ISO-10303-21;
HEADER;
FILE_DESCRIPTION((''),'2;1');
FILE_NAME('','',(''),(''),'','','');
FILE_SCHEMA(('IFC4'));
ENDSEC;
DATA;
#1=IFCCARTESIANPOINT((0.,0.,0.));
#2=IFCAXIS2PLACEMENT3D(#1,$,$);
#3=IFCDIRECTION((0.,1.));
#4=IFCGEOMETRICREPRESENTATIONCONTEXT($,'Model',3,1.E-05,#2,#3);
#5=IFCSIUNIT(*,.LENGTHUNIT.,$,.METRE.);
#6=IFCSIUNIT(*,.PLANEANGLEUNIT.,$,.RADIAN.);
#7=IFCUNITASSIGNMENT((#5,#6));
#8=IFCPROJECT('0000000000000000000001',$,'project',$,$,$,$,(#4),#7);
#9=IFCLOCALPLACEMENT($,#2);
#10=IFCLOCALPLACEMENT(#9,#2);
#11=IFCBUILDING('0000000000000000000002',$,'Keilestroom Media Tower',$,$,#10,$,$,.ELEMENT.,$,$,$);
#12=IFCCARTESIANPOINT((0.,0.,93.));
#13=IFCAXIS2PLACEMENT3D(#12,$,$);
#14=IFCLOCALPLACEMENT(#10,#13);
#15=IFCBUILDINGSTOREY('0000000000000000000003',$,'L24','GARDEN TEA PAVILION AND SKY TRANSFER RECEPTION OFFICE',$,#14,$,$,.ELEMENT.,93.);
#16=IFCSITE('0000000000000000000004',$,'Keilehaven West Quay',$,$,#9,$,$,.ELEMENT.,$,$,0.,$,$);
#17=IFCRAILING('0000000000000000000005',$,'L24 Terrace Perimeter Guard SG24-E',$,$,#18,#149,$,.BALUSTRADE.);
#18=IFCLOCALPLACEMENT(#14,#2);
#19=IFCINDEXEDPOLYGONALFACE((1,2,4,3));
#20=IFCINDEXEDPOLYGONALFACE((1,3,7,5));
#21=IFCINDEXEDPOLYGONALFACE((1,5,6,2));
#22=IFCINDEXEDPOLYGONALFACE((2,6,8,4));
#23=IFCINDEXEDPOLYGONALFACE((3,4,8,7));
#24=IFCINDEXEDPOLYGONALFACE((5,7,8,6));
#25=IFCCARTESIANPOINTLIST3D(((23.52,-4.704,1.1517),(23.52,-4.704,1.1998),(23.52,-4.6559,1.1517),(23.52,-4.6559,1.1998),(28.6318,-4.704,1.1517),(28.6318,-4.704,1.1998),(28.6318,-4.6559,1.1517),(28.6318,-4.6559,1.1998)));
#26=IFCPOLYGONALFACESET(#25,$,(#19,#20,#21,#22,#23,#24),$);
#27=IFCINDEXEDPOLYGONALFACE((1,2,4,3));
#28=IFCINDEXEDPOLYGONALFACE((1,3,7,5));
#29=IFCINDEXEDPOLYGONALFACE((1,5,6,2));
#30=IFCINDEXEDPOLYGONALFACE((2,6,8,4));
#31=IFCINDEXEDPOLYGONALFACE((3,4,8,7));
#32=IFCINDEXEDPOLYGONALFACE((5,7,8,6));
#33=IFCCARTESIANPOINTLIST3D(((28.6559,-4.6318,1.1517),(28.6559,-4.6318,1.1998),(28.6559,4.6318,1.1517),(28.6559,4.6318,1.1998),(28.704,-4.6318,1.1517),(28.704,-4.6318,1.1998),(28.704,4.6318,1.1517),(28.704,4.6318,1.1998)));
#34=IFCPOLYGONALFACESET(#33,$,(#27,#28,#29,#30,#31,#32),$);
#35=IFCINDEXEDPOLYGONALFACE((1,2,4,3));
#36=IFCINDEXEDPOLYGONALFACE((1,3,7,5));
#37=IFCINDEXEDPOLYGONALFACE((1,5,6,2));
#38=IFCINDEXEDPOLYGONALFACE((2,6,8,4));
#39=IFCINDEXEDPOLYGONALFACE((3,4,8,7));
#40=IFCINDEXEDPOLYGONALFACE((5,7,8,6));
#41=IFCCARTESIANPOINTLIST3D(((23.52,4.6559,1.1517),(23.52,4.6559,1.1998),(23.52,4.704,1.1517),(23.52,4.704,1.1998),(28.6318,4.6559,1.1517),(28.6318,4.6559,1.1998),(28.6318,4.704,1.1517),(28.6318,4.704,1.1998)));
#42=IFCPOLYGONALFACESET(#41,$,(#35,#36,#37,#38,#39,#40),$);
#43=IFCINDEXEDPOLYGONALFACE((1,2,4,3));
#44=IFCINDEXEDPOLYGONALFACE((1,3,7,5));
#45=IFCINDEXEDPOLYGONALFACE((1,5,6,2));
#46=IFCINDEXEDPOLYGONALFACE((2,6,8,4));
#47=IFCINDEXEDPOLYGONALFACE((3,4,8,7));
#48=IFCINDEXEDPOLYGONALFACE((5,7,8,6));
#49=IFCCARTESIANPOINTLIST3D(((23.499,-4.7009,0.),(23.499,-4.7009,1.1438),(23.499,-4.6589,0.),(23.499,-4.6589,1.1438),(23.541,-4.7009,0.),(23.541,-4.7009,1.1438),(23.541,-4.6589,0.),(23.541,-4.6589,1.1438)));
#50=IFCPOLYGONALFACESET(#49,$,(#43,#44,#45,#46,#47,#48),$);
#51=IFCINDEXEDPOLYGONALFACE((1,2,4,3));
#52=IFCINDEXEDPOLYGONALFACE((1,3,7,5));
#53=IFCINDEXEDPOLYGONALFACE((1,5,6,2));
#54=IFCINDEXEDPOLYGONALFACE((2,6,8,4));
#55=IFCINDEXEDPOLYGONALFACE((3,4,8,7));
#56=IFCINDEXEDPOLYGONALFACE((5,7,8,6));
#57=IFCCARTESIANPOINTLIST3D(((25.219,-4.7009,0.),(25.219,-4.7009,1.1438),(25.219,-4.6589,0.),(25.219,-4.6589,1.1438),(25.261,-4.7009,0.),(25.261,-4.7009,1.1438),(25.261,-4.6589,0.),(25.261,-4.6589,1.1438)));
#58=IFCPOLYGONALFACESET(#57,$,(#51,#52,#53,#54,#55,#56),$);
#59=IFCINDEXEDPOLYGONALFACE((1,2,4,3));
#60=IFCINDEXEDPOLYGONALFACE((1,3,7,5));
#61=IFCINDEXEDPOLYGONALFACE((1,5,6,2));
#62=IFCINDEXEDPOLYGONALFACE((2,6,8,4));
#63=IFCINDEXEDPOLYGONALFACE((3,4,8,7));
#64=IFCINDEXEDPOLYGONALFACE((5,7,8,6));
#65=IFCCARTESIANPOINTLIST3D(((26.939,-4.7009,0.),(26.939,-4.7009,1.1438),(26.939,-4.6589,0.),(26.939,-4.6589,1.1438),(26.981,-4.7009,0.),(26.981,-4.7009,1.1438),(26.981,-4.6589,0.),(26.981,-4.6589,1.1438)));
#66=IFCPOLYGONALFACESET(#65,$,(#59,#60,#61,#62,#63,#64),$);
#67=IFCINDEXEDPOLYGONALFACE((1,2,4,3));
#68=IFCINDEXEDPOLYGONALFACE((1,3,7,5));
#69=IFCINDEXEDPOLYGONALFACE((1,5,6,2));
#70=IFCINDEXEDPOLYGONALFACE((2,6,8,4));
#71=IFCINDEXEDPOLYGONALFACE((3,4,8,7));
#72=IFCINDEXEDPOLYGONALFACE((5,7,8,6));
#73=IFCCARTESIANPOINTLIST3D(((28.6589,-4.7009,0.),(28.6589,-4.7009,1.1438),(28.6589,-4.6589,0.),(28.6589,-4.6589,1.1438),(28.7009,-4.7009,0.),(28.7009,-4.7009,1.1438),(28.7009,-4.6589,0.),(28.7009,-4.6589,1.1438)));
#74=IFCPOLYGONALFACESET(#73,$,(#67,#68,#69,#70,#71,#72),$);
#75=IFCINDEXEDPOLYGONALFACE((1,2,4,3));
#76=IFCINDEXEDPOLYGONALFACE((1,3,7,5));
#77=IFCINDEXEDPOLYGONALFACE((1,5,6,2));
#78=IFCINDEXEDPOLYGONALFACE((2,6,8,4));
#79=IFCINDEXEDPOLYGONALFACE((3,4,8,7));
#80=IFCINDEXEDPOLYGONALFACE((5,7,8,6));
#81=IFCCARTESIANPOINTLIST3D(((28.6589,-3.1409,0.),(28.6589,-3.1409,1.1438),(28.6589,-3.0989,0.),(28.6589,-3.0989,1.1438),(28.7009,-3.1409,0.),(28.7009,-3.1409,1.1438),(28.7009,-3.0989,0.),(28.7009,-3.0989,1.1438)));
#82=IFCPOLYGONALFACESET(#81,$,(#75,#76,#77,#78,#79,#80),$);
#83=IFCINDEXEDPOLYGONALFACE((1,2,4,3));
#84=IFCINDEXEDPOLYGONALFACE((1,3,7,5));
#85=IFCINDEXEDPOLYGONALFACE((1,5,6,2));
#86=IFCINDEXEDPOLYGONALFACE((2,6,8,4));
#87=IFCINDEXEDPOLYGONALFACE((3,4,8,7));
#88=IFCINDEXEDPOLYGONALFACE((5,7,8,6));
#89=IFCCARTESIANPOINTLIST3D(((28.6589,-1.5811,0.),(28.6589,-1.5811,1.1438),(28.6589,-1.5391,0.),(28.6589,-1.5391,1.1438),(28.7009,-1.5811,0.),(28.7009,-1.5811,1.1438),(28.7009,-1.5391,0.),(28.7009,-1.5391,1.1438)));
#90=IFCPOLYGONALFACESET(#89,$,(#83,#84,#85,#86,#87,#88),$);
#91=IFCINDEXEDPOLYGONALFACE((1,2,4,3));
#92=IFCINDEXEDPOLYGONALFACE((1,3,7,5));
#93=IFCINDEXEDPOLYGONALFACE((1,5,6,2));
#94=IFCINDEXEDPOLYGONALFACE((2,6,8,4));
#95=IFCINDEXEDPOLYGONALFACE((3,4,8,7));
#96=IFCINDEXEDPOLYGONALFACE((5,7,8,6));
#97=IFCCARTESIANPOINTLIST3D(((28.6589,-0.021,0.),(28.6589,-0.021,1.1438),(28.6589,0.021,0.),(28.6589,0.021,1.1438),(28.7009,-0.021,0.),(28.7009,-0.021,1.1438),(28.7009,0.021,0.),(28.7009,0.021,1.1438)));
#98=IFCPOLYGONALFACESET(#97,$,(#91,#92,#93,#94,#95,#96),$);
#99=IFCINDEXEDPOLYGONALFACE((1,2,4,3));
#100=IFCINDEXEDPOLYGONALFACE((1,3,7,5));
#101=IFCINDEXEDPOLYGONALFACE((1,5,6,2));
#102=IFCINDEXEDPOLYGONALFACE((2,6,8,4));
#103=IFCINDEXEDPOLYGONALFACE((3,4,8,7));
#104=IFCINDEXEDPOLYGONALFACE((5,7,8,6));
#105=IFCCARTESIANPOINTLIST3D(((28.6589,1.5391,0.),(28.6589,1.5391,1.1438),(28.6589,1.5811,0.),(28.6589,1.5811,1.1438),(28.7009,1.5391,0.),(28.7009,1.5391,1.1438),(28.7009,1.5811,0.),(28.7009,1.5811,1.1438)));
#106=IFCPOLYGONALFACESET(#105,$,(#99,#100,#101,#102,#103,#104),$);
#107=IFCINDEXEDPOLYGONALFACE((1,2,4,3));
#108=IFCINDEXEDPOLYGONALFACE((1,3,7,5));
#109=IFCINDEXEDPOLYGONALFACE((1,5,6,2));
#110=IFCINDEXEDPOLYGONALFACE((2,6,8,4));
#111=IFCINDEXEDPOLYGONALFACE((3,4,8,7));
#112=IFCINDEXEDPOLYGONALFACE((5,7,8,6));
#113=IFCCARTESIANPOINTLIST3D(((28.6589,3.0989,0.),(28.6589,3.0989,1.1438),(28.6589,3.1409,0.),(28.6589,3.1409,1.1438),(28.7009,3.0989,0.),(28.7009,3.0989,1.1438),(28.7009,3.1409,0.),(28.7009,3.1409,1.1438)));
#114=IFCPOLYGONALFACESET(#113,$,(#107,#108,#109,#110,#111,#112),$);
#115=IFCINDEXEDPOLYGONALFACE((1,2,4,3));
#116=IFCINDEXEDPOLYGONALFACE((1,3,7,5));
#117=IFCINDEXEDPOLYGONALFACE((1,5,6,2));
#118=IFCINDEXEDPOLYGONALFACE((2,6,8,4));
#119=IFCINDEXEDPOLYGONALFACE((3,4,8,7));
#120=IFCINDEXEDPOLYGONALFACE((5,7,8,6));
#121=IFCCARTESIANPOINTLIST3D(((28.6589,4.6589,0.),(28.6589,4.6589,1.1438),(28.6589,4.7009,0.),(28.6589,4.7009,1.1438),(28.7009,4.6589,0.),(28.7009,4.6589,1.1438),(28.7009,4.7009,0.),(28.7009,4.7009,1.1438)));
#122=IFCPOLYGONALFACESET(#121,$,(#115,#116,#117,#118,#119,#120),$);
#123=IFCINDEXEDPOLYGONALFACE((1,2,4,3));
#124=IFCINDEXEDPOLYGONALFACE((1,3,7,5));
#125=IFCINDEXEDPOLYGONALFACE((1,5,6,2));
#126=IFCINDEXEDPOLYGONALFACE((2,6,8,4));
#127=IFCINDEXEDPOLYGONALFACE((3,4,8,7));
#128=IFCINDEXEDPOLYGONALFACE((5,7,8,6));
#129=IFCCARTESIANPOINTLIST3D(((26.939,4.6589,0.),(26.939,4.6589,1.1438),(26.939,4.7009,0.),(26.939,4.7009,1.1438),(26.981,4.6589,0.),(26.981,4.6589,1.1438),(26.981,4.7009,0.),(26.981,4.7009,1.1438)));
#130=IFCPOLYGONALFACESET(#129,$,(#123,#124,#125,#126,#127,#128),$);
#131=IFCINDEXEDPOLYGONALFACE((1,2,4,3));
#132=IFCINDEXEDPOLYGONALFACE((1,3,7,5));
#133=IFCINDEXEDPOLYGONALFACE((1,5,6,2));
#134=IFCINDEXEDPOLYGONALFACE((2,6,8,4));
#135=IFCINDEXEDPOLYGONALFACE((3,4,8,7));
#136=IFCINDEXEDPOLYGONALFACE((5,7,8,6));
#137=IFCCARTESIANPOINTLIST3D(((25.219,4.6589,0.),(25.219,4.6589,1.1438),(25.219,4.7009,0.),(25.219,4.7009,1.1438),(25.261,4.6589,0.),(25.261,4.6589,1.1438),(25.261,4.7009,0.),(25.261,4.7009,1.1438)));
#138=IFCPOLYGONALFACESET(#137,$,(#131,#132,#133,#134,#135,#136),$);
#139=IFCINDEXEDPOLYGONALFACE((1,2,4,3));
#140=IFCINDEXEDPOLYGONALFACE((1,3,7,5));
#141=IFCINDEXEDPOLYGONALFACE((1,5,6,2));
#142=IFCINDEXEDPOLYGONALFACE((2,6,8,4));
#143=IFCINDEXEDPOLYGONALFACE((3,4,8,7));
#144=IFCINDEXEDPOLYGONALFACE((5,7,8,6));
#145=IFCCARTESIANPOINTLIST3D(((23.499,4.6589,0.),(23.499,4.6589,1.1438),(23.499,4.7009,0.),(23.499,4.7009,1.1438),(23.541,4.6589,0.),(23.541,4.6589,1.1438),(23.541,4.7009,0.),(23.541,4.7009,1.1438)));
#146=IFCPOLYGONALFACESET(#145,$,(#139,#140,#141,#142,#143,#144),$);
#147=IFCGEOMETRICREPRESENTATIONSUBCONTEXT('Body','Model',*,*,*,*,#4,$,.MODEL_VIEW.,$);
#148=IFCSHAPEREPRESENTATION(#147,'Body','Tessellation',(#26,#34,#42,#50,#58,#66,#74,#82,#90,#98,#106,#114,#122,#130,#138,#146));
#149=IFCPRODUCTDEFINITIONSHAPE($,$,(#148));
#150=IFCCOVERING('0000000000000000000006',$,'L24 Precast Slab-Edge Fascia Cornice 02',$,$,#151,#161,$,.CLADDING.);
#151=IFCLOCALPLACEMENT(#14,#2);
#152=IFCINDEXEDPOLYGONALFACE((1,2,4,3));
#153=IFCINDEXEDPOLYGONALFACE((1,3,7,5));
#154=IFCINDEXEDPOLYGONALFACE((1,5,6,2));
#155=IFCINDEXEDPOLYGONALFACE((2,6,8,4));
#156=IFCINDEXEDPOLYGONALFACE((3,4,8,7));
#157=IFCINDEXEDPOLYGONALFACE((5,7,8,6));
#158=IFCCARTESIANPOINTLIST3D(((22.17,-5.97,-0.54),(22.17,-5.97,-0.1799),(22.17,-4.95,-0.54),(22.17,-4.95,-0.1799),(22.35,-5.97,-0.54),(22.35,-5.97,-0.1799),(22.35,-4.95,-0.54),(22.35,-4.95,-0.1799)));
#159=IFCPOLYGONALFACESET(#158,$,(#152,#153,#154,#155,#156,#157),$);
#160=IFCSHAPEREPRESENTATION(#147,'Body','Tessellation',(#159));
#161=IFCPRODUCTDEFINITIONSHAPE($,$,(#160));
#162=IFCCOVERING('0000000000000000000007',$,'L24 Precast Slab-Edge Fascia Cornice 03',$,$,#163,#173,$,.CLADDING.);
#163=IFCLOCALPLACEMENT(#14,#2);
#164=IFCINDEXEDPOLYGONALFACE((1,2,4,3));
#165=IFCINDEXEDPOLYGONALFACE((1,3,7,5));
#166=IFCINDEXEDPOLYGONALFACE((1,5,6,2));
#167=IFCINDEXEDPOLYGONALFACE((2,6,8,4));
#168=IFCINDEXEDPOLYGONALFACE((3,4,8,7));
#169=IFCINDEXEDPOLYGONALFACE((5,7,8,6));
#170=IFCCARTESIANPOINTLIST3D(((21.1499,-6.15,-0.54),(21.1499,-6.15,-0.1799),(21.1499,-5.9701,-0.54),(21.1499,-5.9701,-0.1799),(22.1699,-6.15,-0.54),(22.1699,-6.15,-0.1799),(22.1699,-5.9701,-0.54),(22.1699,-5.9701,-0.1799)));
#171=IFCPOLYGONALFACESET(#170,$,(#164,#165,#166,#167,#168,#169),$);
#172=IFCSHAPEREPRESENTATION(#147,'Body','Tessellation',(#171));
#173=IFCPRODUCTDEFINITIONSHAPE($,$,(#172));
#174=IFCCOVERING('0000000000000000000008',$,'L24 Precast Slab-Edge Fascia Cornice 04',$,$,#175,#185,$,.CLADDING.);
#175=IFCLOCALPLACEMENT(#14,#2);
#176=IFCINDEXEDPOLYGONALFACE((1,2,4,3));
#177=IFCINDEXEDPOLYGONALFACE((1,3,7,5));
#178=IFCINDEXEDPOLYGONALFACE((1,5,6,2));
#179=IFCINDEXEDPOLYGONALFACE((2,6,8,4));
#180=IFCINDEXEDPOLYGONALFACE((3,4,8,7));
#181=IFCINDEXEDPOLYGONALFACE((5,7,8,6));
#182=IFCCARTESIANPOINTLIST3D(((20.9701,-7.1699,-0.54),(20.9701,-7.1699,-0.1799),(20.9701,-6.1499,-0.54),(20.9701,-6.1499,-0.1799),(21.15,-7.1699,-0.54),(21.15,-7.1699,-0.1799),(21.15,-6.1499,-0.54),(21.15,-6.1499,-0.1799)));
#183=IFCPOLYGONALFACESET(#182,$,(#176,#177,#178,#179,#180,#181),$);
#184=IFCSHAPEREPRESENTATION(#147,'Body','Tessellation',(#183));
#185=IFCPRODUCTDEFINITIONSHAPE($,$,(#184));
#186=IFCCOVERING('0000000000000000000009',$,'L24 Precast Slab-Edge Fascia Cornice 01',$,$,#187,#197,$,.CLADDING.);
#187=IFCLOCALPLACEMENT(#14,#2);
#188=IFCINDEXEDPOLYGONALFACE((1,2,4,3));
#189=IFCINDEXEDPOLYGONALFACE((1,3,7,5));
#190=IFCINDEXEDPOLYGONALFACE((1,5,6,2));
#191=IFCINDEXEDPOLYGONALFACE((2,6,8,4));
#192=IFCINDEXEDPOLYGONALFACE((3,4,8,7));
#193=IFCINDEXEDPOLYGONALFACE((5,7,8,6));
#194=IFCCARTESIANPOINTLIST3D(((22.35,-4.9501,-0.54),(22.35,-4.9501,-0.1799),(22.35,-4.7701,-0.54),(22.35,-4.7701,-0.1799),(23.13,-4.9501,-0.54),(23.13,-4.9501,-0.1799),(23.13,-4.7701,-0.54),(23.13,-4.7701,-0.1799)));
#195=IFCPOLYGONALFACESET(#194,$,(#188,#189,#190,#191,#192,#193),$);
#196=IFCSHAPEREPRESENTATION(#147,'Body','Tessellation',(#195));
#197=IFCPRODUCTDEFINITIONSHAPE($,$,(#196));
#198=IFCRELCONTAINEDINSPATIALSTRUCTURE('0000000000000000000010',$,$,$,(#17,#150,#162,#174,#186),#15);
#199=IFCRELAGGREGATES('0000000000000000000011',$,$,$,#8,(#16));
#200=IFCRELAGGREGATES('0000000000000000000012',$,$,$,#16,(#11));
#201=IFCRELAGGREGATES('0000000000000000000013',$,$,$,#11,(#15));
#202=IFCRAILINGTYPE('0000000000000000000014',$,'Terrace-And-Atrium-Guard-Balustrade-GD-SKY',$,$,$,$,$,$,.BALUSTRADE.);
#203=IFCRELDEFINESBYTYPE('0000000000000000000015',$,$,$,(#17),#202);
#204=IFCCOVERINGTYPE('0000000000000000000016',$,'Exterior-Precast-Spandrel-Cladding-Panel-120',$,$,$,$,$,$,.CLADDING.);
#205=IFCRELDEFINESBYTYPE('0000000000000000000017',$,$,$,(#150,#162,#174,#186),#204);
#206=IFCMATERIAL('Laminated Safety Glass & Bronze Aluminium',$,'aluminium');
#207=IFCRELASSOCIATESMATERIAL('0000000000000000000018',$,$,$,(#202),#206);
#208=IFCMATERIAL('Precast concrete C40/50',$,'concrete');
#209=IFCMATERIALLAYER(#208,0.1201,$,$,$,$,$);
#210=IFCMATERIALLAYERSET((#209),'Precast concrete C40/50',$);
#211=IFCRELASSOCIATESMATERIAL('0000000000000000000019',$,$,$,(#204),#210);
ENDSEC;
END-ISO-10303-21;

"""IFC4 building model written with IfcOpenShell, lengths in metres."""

from ifc_helpers import new_model, si_unit, direction, frame, origin, origin_2d, place, context, subcontext, project, spatial, rectangle, extrude, source, transform, mapped, material, layer, layer_set, type_object, element, save


model = new_model("IFC4")

# Units and contexts
model_context = context("Model", 3, precision=1e-05, world=origin(), true_north=direction((0.0, 1.0)))
body_context = subcontext(model_context, "Body", "Model", "MODEL_VIEW")
ifc_project = project(units=[si_unit("LENGTHUNIT", "METRE"), si_unit("PLANEANGLEUNIT", "RADIAN")], contexts=[model_context])

# Site, building, storey
site_placement = place(None, origin())
site = spatial("IfcSite", under=ifc_project, at=site_placement, Name="Keilehaven West Quay", CompositionType="ELEMENT", RefElevation=0.0)
building_placement = place(site_placement, origin())
building = spatial("IfcBuilding", under=site, at=building_placement, Name="Keilestroom Media Tower", CompositionType="ELEMENT")
storey_placement = place(building_placement, frame((0.0, 0.0, 93.0)))
storey = spatial("IfcBuildingStorey", under=building, at=storey_placement, Name="L24", Description="GARDEN TEA PAVILION AND SKY TRANSFER RECEPTION OFFICE", CompositionType="ELEMENT", Elevation=93.0)

# Shared definitions
ifc_material_1 = material(Name="Precast concrete C40/50", Category="concrete")

# Railing
ifc_material_2 = material(Name="Laminated Safety Glass & Bronze Aluminium", Category="aluminium")
railing_type = type_object("IfcRailingType", Name="Terrace-And-Atrium-Guard-Balustrade-GD-SKY", PredefinedType="BALUSTRADE", material=ifc_material_2)
railing_placement = place(storey_placement, frame((23.52, -4.6799, 0.0)))
element("IfcRailing", 1, at=railing_placement, inside=storey, type_object=railing_type, Name="L24 Terrace Perimeter Guard SG24-E", PredefinedType="BALUSTRADE", context=body_context, shape_type="SweptSolid", body=[
    extrude(rectangle(XDim=0.0481, YDim=0.0481, at=origin_2d()), frame((0.0, 0.0, 1.1758), z_axis=(1.0, 0.0, 0.0), x_axis=(0.0, 1.0, 0.0)), (0.0, 0.0, 1.0), 5.1118),
    extrude(rectangle(XDim=0.0481, YDim=0.0481, at=origin_2d()), frame((5.1599, 0.0481, 1.1758), z_axis=(0.0, 1.0, 0.0), x_axis=(-1.0, 0.0, 0.0)), (0.0, 0.0, 1.0), 9.2637),
    extrude(rectangle(XDim=0.0481, YDim=0.0481, at=origin_2d()), frame((5.1118, 9.3599, 1.1758), z_axis=(-1.0, 0.0, 0.0), x_axis=(0.0, -1.0, 0.0)), (0.0, 0.0, 1.0), 5.1118),
    extrude(rectangle(XDim=0.042, YDim=0.042, at=origin_2d()), origin(), (0.0, 0.0, 1.0), 1.1438),
    extrude(rectangle(XDim=0.042, YDim=0.042, at=origin_2d()), frame((1.72, 0.0, 0.0)), (0.0, 0.0, 1.0), 1.1438),
    extrude(rectangle(XDim=0.042, YDim=0.042, at=origin_2d()), frame((3.4399, 0.0, 0.0)), (0.0, 0.0, 1.0), 1.1438),
    extrude(rectangle(XDim=0.042, YDim=0.042, at=origin_2d()), frame((5.1599, 0.0, 0.0)), (0.0, 0.0, 1.0), 1.1438),
    extrude(rectangle(XDim=0.042, YDim=0.042, at=origin_2d()), frame((5.1599, 1.5601, 0.0)), (0.0, 0.0, 1.0), 1.1438),
    extrude(rectangle(XDim=0.042, YDim=0.042, at=origin_2d()), frame((5.1599, 3.1199, 0.0)), (0.0, 0.0, 1.0), 1.1438),
    extrude(rectangle(XDim=0.042, YDim=0.042, at=origin_2d()), frame((5.1599, 4.6799, 0.0)), (0.0, 0.0, 1.0), 1.1438),
    extrude(rectangle(XDim=0.042, YDim=0.042, at=origin_2d()), frame((5.1599, 6.24, 0.0)), (0.0, 0.0, 1.0), 1.1438),
    extrude(rectangle(XDim=0.042, YDim=0.042, at=origin_2d()), frame((5.1599, 7.7998, 0.0)), (0.0, 0.0, 1.0), 1.1438),
    extrude(rectangle(XDim=0.042, YDim=0.042, at=origin_2d()), frame((5.1599, 9.3599, 0.0)), (0.0, 0.0, 1.0), 1.1438),
    extrude(rectangle(XDim=0.042, YDim=0.042, at=origin_2d()), frame((3.4399, 9.3599, 0.0)), (0.0, 0.0, 1.0), 1.1438),
    extrude(rectangle(XDim=0.042, YDim=0.042, at=origin_2d()), frame((1.72, 9.3599, 0.0)), (0.0, 0.0, 1.0), 1.1438),
    extrude(rectangle(XDim=0.042, YDim=0.042, at=origin_2d()), frame((0.0, 9.3599, 0.0)), (0.0, 0.0, 1.0), 1.1438),
])

# Coverings
ifc_layer_1 = layer(ifc_material_1, 0.1201)
ifc_layer_set_1 = layer_set([ifc_layer_1], Name="Precast concrete C40/50")
covering_type = type_object("IfcCoveringType", Name="Exterior-Precast-Spandrel-Cladding-Panel-120", PredefinedType="CLADDING", material=ifc_layer_set_1)
shared_shape_1 = source(origin(), body_context, "Body", "SweptSolid", [
    extrude(rectangle(XDim=1.02, YDim=0.1799, at=origin_2d()), origin(), (0.0, 0.0, 1.0), 0.3601),
])
for number, where, z_axis, x_axis, name in (
    (2, (22.26, -5.46, -0.54), (0.0, 0.0, 1.0), (0.0, -1.0, 0.0), "L24 Precast Slab-Edge Fascia Cornice 02"),
    (3, (21.6599, -6.0601, -0.54), (0.0, 0.0, 1.0), (-1.0, 0.0, 0.0), "L24 Precast Slab-Edge Fascia Cornice 03"),
    (4, (21.0601, -6.6599, -0.54), (0.0, 0.0, 1.0), (0.0, -1.0, 0.0), "L24 Precast Slab-Edge Fascia Cornice 04"),
):
    element("IfcCovering", number, at=place(storey_placement, frame(where, z_axis=z_axis, x_axis=x_axis)), inside=storey, type_object=covering_type, Name=name, PredefinedType="CLADDING", context=body_context, shape_type="MappedRepresentation", body=[
        mapped(shared_shape_1, transform((0.0, 0.0, 0.0), x_axis=(1.0, 0.0, 0.0), y_axis=(0.0, 1.0, 0.0), z_axis=(0.0, 0.0, 1.0), scale=1.0)),
    ])
shared_shape_2 = source(origin(), body_context, "Body", "SweptSolid", [
    extrude(rectangle(XDim=0.78, YDim=0.1799, at=origin_2d()), origin(), (0.0, 0.0, 1.0), 0.3601),
])
covering_placement = place(storey_placement, frame((22.74, -4.8601, -0.54), z_axis=(0.0, 0.0, 1.0), x_axis=(-1.0, 0.0, 0.0)))
element("IfcCovering", 5, at=covering_placement, inside=storey, type_object=covering_type, Name="L24 Precast Slab-Edge Fascia Cornice 01", PredefinedType="CLADDING", context=body_context, shape_type="MappedRepresentation", body=[
    mapped(shared_shape_2, transform((0.0, 0.0, 0.0), x_axis=(1.0, 0.0, 0.0), y_axis=(0.0, 1.0, 0.0), z_axis=(0.0, 0.0, 1.0), scale=1.0)),
])

save(model, "model.ifc")
